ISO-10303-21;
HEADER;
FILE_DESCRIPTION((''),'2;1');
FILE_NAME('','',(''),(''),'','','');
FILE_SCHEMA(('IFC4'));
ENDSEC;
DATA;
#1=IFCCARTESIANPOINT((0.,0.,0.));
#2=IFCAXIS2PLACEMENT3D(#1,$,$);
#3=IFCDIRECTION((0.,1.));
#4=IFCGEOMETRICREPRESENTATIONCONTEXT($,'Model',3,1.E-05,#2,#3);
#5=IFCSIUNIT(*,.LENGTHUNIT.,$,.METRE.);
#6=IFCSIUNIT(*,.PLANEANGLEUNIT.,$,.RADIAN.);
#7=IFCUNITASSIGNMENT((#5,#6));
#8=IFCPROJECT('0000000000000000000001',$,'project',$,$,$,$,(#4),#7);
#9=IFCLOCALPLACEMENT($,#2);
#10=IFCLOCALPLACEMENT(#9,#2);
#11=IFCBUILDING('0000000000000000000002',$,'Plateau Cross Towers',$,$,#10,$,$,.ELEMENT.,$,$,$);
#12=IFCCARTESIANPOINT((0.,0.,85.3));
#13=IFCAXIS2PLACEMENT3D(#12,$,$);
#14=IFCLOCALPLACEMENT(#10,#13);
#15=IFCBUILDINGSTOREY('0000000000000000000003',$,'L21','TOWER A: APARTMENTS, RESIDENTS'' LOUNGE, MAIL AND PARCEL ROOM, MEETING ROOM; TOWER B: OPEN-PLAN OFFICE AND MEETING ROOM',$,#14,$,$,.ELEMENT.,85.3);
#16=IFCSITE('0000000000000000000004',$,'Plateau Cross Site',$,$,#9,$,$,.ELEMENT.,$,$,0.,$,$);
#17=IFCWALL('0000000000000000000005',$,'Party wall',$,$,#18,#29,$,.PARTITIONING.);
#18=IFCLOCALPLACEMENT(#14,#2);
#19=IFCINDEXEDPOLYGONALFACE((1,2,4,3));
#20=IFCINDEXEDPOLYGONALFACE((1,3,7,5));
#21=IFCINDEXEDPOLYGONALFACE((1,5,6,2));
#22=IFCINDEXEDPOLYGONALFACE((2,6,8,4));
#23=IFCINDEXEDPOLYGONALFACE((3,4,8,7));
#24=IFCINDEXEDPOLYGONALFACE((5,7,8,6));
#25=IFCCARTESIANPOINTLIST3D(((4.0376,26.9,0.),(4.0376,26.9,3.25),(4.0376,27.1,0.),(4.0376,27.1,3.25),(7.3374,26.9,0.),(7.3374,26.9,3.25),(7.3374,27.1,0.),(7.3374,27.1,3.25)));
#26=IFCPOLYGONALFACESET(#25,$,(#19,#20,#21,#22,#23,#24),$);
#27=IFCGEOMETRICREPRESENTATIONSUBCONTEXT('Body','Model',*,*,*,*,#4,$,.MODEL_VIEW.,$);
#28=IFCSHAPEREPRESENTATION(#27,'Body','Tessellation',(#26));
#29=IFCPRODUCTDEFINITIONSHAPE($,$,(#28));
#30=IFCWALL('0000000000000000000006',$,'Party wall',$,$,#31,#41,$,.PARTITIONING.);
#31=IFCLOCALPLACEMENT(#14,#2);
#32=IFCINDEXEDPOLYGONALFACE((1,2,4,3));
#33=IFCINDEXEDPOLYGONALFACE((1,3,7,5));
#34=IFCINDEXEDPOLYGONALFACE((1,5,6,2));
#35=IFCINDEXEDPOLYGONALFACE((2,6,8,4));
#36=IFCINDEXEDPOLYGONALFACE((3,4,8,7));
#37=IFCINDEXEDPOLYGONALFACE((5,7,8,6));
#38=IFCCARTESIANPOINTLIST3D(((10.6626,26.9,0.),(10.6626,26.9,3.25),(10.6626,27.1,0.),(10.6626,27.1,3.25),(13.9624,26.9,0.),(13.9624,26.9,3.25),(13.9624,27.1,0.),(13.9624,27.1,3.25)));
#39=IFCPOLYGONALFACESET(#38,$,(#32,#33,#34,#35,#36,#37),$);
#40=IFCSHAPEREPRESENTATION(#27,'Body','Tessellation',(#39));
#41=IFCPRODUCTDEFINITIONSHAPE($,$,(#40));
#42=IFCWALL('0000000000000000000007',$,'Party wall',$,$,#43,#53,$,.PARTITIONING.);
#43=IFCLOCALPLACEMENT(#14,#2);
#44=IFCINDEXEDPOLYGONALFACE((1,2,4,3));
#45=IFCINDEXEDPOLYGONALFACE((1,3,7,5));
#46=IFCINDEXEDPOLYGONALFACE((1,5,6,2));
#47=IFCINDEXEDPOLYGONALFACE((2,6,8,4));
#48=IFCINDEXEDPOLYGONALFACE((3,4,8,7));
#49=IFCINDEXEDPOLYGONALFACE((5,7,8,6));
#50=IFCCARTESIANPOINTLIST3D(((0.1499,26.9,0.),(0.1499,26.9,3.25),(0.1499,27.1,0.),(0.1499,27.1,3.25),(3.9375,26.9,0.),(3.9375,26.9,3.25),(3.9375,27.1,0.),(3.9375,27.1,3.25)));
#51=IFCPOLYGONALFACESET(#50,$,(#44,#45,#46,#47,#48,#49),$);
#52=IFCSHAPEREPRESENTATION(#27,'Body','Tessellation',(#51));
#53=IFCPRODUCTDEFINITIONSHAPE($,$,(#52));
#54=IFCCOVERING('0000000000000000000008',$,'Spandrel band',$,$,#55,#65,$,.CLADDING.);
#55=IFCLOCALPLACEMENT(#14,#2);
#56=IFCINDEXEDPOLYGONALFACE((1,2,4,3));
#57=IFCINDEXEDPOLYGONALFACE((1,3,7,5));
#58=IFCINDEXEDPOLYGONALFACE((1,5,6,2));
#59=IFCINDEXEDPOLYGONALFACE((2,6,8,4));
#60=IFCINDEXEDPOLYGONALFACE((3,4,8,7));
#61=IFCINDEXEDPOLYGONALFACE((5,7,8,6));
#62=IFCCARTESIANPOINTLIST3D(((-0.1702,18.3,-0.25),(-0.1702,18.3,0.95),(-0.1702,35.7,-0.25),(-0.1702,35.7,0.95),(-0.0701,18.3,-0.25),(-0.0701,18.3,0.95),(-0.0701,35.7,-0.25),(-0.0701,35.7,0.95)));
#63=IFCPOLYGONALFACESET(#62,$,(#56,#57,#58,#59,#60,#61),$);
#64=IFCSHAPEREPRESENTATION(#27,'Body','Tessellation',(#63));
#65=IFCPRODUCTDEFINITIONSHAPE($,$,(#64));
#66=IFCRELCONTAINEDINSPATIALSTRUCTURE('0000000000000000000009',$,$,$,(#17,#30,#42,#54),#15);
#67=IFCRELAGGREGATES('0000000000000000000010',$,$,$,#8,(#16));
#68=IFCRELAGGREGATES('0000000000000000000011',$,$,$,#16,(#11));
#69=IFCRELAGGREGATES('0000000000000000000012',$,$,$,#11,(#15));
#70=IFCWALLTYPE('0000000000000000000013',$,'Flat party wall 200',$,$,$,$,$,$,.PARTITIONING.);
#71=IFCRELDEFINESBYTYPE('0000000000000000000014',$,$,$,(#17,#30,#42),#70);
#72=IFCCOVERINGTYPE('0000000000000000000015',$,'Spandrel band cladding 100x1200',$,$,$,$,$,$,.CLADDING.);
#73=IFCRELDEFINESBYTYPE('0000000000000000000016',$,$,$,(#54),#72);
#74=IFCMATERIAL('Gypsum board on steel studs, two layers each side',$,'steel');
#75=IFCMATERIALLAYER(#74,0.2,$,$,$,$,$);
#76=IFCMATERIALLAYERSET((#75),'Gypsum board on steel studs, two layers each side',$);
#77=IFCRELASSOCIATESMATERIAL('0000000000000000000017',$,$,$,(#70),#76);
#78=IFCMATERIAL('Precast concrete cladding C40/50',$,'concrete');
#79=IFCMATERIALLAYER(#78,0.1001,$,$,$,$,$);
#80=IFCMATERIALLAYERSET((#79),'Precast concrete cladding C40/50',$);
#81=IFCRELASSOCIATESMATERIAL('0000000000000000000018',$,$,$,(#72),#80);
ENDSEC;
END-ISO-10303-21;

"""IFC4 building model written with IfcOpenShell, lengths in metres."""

from ifc_helpers import new_model, si_unit, direction, frame, frame_2d, origin, origin_2d, place, context, subcontext, project, spatial, rectangle, extrude, material, layer, layer_set, type_object, element, save


model = new_model("IFC4")

# Units and contexts
model_context = context("Model", 3, precision=1e-05, world=origin(), true_north=direction((0.0, 1.0)))
body_context = subcontext(model_context, "Body", "Model", "MODEL_VIEW")
ifc_project = project(units=[si_unit("LENGTHUNIT", "METRE"), si_unit("PLANEANGLEUNIT", "RADIAN")], contexts=[model_context])

# Site, building, storey
site_placement = place(None, origin())
site = spatial("IfcSite", under=ifc_project, at=site_placement, Name="Plateau Cross Site", CompositionType="ELEMENT", RefElevation=0.0)
building_placement = place(site_placement, origin())
building = spatial("IfcBuilding", under=site, at=building_placement, Name="Plateau Cross Towers", CompositionType="ELEMENT")
storey_placement = place(building_placement, frame((0.0, 0.0, 85.3)))
storey = spatial("IfcBuildingStorey", under=building, at=storey_placement, Name="L21", Description="TOWER A: APARTMENTS, RESIDENTS' LOUNGE, MAIL AND PARCEL ROOM, MEETING ROOM; TOWER B: OPEN-PLAN OFFICE AND MEETING ROOM", CompositionType="ELEMENT", Elevation=85.3)

# Walls
ifc_material_1 = material(Name="Gypsum board on steel studs, two layers each side", Category="steel")
ifc_layer_1 = layer(ifc_material_1, 0.2)
ifc_layer_set_1 = layer_set([ifc_layer_1], Name="Gypsum board on steel studs, two layers each side")
wall_type_1 = type_object("IfcWallType", Name="Flat party wall 200", PredefinedType="PARTITIONING", material=ifc_layer_set_1)
for number, where, z_axis, x_axis, name in (
    (1, (7.3374, 27.0, 0.0), (0.0, 0.0, 1.0), (-1.0, 0.0, 0.0), "Party wall"),
    (2, (13.9624, 27.0, 0.0), (0.0, 0.0, 1.0), (-1.0, 0.0, 0.0), "Party wall"),
):
    element("IfcWall", number, at=place(storey_placement, frame(where, z_axis=z_axis, x_axis=x_axis)), inside=storey, type_object=wall_type_1, Name=name, PredefinedType="PARTITIONING", context=body_context, shape_type="SweptSolid", body=[
        extrude(rectangle(XDim=3.2998, YDim=0.2, at=frame_2d((1.6499, 0.0))), origin(), (0.0, 0.0, 1.0), 3.25),
    ])
wall_1_placement = place(storey_placement, frame((0.1499, 27.0, 0.0), z_axis=(0.0, 0.0, 1.0), x_axis=(1.0, 0.0, 0.0)))
element("IfcWall", 3, at=wall_1_placement, inside=storey, type_object=wall_type_1, Name="Party wall", PredefinedType="PARTITIONING", context=body_context, shape_type="SweptSolid", body=[
    extrude(rectangle(XDim=3.7876, YDim=0.2, at=frame_2d((1.8938, 0.0))), origin(), (0.0, 0.0, 1.0), 3.25),
])

# Covering
ifc_material_2 = material(Name="Precast concrete cladding C40/50", Category="concrete")
ifc_layer_2 = layer(ifc_material_2, 0.1001)
ifc_layer_set_2 = layer_set([ifc_layer_2], Name="Precast concrete cladding C40/50")
covering_type = type_object("IfcCoveringType", Name="Spandrel band cladding 100x1200", PredefinedType="CLADDING", material=ifc_layer_set_2)
covering_placement = place(storey_placement, frame((-0.1201, 27.0, -0.25), z_axis=(0.0, 0.0, 1.0), x_axis=(0.0, -1.0, 0.0)))
element("IfcCovering", 4, at=covering_placement, inside=storey, type_object=covering_type, Name="Spandrel band", PredefinedType="CLADDING", context=body_context, shape_type="SweptSolid", body=[
    extrude(rectangle(XDim=17.3999, YDim=0.1001, at=origin_2d()), origin(), (0.0, 0.0, 1.0), 1.2),
])

save(model, "model.ifc")
